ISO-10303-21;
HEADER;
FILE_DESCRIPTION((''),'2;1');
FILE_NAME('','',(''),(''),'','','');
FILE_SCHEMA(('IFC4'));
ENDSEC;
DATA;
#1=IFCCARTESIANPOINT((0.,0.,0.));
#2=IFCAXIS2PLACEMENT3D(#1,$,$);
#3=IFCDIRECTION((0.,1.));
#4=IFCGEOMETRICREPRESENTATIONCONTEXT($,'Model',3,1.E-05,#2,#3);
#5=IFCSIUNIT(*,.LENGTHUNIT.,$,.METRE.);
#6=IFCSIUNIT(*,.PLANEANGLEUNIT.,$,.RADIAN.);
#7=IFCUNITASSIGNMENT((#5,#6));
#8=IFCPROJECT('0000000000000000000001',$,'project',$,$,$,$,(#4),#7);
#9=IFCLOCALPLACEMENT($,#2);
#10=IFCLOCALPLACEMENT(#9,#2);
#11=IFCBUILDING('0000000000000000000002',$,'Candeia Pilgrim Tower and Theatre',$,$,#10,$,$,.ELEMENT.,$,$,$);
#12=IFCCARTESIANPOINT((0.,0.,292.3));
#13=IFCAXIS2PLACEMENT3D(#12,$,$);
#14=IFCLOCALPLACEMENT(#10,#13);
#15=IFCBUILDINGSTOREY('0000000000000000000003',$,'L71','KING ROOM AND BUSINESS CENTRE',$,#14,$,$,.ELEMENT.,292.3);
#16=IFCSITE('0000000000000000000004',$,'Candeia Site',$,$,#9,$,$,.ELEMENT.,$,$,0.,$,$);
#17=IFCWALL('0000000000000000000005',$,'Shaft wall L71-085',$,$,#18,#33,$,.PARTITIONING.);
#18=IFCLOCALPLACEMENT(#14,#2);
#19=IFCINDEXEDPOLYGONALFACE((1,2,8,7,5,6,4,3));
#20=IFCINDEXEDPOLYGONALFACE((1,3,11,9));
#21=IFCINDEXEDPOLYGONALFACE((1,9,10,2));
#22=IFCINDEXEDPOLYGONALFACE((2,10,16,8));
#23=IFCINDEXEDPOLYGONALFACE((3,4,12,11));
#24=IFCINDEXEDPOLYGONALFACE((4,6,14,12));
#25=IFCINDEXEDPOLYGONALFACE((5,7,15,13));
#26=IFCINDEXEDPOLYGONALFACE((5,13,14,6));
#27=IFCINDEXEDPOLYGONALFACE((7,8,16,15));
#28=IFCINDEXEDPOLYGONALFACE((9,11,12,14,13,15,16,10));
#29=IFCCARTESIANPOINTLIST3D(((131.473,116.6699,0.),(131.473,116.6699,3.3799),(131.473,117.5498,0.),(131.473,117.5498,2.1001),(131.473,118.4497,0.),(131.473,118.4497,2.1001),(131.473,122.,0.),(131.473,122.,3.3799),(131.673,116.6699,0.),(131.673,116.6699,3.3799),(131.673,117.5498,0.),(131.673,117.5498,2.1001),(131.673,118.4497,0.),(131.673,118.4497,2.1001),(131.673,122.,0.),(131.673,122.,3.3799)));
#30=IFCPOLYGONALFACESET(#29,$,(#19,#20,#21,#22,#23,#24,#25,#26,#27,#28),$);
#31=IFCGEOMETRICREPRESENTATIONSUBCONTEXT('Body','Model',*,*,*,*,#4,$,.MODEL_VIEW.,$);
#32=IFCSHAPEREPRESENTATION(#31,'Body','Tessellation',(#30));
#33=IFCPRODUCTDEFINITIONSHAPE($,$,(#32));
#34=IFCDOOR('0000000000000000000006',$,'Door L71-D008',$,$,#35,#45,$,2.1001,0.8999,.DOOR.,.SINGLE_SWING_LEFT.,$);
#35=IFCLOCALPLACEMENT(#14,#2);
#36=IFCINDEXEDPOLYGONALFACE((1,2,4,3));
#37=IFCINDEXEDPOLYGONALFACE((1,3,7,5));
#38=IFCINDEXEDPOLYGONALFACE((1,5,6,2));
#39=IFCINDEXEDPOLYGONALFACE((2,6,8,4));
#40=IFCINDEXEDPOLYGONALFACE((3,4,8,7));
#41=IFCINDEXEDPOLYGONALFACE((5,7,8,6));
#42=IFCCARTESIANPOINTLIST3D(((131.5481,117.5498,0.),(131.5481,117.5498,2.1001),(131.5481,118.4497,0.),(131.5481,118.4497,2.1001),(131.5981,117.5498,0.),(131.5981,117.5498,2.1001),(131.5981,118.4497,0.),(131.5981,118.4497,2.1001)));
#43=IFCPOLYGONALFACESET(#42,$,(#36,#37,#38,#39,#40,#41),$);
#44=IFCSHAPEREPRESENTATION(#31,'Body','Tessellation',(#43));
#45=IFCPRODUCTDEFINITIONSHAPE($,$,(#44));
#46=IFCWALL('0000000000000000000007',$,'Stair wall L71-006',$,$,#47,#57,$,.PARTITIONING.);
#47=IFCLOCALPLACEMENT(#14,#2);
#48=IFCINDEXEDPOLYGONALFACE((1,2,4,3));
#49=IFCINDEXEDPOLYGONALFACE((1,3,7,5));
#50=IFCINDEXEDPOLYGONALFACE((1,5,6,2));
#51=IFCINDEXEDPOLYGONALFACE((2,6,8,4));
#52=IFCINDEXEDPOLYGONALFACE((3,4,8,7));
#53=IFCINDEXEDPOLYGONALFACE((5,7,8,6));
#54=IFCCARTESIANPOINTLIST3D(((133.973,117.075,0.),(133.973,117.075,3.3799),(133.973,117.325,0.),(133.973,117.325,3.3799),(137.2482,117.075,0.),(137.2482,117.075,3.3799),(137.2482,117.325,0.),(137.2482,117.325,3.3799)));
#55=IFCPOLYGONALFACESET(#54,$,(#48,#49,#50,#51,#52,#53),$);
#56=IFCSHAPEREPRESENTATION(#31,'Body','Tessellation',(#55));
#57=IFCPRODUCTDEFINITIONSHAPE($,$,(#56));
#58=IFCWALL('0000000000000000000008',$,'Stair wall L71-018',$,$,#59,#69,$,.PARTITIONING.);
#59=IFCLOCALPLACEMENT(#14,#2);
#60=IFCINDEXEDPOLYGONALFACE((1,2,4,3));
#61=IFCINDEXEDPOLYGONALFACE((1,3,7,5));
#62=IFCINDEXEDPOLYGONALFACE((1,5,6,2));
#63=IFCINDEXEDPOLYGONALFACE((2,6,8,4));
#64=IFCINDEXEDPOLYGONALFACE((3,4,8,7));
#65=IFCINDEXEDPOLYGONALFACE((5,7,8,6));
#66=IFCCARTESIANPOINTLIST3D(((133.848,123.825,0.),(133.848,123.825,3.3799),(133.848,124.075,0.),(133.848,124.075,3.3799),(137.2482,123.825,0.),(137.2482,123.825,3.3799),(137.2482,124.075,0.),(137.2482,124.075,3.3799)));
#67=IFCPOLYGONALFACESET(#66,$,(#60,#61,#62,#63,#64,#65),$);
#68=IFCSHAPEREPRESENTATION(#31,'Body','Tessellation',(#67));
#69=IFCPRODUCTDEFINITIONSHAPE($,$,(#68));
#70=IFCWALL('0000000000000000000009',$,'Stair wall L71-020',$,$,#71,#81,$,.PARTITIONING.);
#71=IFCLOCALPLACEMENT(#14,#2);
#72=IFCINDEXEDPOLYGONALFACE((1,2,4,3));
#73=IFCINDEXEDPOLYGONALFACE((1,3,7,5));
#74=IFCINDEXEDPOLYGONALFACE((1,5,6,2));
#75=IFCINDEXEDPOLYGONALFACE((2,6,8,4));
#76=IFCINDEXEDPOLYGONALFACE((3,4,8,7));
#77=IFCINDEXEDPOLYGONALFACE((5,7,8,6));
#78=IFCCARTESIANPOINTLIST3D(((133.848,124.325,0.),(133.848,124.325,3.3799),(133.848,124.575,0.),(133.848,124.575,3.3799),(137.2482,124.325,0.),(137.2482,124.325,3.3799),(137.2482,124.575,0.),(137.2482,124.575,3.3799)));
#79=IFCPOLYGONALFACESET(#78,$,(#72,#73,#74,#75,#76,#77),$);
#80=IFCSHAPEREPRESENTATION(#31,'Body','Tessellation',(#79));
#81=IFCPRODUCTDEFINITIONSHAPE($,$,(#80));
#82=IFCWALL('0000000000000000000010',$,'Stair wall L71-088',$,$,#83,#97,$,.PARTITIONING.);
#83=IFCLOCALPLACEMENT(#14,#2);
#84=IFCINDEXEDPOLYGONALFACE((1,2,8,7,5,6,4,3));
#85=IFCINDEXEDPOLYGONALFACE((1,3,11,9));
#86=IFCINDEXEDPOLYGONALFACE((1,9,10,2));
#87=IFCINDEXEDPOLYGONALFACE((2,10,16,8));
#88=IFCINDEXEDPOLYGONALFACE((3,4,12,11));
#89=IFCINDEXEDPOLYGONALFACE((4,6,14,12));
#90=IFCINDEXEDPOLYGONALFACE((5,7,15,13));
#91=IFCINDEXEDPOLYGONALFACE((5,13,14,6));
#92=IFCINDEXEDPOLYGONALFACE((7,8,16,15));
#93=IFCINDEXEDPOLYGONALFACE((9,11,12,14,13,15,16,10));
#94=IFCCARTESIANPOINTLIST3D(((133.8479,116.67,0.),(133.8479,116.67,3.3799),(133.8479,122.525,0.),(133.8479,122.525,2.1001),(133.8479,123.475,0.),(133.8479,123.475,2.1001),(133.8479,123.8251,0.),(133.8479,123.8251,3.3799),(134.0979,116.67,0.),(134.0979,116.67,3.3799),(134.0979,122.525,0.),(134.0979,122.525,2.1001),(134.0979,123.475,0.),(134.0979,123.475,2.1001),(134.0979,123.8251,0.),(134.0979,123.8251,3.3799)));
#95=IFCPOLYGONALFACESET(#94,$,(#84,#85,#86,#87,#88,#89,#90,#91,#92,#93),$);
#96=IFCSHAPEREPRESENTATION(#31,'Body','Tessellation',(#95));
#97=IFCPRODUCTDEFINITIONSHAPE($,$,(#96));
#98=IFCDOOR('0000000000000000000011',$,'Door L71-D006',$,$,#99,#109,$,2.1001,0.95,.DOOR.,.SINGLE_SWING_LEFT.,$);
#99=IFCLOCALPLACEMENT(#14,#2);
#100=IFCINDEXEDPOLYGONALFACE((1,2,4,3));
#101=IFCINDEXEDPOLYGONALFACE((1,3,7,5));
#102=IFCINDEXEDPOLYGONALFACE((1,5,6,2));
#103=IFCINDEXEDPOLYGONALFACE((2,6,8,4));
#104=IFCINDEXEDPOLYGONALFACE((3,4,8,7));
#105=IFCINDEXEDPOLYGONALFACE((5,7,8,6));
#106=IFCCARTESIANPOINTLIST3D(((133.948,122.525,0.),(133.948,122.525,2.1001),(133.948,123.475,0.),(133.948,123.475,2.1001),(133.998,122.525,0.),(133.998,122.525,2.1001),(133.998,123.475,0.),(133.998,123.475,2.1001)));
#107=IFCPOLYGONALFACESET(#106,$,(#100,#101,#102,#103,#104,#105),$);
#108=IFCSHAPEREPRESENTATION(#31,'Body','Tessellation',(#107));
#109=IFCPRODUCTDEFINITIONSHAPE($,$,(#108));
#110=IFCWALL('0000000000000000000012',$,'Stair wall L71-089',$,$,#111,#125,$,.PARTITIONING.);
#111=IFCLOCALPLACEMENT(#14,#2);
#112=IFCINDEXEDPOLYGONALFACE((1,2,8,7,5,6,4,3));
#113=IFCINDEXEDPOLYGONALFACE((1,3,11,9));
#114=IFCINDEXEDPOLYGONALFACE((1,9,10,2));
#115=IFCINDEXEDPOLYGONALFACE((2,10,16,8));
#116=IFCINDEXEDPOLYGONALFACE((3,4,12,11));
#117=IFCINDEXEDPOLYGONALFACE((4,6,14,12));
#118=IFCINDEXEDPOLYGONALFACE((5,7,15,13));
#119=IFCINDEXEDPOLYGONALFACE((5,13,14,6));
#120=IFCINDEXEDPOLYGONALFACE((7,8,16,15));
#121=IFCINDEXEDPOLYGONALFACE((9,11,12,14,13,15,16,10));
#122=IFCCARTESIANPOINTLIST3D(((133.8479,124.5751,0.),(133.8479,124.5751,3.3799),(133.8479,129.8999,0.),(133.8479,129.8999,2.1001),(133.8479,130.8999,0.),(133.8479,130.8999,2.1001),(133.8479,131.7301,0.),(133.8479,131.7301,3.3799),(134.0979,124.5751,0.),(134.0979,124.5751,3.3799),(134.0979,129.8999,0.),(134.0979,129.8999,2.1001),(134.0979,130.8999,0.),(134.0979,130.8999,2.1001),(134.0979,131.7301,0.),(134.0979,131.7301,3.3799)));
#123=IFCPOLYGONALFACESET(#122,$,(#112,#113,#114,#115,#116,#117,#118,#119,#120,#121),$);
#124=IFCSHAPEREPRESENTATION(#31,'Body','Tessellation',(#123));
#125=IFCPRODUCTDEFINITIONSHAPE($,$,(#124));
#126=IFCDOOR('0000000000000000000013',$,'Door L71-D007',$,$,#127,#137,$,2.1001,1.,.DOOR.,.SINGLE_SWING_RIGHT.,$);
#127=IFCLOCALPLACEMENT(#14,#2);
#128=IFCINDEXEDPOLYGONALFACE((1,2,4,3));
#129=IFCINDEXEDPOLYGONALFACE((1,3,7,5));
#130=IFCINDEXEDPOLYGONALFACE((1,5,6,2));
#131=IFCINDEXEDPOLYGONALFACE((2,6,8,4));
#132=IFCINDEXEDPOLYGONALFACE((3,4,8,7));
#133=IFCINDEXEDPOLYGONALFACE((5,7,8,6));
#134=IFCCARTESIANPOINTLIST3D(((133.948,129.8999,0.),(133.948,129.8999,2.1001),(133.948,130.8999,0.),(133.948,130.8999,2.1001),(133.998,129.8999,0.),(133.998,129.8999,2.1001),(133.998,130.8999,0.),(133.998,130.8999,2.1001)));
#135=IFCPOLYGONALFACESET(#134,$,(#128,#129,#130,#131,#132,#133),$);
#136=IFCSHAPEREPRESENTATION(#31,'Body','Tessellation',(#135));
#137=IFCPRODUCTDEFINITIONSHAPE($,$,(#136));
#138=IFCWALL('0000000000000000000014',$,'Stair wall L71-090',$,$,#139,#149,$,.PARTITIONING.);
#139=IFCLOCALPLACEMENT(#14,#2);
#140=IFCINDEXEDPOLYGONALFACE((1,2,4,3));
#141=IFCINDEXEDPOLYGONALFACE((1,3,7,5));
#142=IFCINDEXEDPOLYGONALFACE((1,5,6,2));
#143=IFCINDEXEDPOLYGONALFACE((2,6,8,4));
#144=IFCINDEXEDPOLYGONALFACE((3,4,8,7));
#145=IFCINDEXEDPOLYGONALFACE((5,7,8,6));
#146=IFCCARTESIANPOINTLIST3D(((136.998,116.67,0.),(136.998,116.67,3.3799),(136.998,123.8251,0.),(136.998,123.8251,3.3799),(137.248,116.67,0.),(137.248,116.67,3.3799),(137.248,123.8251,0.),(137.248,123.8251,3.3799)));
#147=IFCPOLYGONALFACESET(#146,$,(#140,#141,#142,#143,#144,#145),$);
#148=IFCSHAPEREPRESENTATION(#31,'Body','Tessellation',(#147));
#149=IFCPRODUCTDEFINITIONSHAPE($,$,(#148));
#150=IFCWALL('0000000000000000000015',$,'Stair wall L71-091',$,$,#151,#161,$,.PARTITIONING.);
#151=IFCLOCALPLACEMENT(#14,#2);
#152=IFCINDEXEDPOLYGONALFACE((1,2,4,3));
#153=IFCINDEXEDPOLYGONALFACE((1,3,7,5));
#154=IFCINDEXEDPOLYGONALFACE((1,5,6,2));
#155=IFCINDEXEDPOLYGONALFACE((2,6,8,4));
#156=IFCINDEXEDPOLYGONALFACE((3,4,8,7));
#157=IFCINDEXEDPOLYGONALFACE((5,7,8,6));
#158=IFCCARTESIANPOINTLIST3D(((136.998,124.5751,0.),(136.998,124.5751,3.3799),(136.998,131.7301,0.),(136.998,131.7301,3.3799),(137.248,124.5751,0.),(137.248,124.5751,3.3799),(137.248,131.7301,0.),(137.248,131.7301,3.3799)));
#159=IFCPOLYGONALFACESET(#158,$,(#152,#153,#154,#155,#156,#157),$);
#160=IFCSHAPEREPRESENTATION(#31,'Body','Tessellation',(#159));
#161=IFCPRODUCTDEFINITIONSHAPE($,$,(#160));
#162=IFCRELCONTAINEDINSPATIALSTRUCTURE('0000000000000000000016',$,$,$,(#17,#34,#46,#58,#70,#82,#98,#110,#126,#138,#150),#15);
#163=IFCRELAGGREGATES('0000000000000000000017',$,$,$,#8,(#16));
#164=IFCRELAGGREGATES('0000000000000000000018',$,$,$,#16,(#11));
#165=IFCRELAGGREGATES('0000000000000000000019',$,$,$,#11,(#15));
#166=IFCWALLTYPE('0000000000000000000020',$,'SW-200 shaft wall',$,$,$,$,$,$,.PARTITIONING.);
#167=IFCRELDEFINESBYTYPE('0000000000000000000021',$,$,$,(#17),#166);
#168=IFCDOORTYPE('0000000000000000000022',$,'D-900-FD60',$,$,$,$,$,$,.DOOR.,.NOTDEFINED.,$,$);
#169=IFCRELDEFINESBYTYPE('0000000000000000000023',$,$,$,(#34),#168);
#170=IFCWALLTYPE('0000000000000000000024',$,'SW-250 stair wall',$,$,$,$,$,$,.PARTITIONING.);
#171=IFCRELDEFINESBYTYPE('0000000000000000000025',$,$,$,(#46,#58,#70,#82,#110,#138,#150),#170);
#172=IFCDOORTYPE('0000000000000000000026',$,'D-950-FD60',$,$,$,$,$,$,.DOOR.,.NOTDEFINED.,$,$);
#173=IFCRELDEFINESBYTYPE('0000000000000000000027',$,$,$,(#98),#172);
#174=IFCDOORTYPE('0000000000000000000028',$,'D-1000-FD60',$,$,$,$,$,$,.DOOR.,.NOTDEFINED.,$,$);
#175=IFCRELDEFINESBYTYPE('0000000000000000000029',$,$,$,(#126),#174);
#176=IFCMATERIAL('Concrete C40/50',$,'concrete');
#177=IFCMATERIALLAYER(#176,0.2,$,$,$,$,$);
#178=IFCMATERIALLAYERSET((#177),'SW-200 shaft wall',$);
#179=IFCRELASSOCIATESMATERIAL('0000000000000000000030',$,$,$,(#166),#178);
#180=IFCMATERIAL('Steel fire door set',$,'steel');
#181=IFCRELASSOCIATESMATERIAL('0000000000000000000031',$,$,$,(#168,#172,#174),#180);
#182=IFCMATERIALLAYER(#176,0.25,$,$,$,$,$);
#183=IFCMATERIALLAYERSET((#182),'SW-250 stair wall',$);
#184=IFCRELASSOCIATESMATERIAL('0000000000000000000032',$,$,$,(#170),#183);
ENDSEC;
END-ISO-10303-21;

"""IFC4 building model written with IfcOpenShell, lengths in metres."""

from ifc_helpers import new_model, si_unit, direction, frame, frame_2d, origin, place, context, subcontext, project, spatial, rectangle, extrude, material, layer, layer_set, type_object, element, fill, save


model = new_model("IFC4")

# Units and contexts
model_context = context("Model", 3, precision=1e-05, world=origin(), true_north=direction((0.0, 1.0)))
body_context = subcontext(model_context, "Body", "Model", "MODEL_VIEW")
ifc_project = project(units=[si_unit("LENGTHUNIT", "METRE"), si_unit("PLANEANGLEUNIT", "RADIAN")], contexts=[model_context])

# Site, building, storey
site_placement = place(None, origin())
site = spatial("IfcSite", under=ifc_project, at=site_placement, Name="Candeia Site", CompositionType="ELEMENT", RefElevation=0.0)
building_placement = place(site_placement, origin())
building = spatial("IfcBuilding", under=site, at=building_placement, Name="Candeia Pilgrim Tower and Theatre", CompositionType="ELEMENT")
storey_placement = place(building_placement, frame((0.0, 0.0, 292.3)))
storey = spatial("IfcBuildingStorey", under=building, at=storey_placement, Name="L71", Description="KING ROOM AND BUSINESS CENTRE", CompositionType="ELEMENT", Elevation=292.3)

# Shared definitions
ifc_material_1 = material(Name="Concrete C40/50", Category="concrete")

# Shared definitions
ifc_material_2 = material(Name="Steel fire door set", Category="steel")

# Shared definitions
ifc_layer_1 = layer(ifc_material_1, 0.2)
ifc_layer_set_1 = layer_set([ifc_layer_1], Name="SW-200 shaft wall")
wall_type_1 = type_object("IfcWallType", Name="SW-200 shaft wall", PredefinedType="PARTITIONING", material=ifc_layer_set_1)

# Wall, opening, door
wall_1_placement = place(storey_placement, frame((131.573, 116.6699, 0.0), z_axis=(0.0, 0.0, 1.0), x_axis=(0.0, 1.0, 0.0)))
wall_1 = element("IfcWall", 1, at=wall_1_placement, inside=storey, type_object=wall_type_1, Name="Shaft wall L71-085", PredefinedType="PARTITIONING", context=body_context, shape_type="SweptSolid", body=[
    extrude(rectangle(XDim=5.3301, YDim=0.2, at=frame_2d((2.665, 0.0))), origin(), (0.0, 0.0, 1.0), 3.3799),
])
opening_1_placement = place(wall_1_placement, frame((0.8799, 0.0, 0.0)))
opening_1 = element("IfcOpeningElement", 2, at=opening_1_placement, cuts=wall_1, PredefinedType="OPENING", context=body_context, shape_type="SweptSolid", body=[
    extrude(rectangle(XDim=0.8999, YDim=2.1001, at=frame_2d((0.45, 1.05))), frame((0.0, 0.1099, 0.0), z_axis=(0.0, -1.0, 0.0), x_axis=(1.0, 0.0, 0.0)), (0.0, 0.0, 1.0), 0.22),
])
door_type_1 = type_object("IfcDoorType", Name="D-900-FD60", OperationType="NOTDEFINED", PredefinedType="DOOR", material=ifc_material_2)
door_1_placement = place(opening_1_placement, origin())
door_1 = element("IfcDoor", 3, at=door_1_placement, inside=storey, type_object=door_type_1, Name="Door L71-D008", OperationType="SINGLE_SWING_LEFT", OverallHeight=2.1001, OverallWidth=0.8999, PredefinedType="DOOR", context=body_context, shape_type="SweptSolid", body=[
    extrude(rectangle(XDim=0.8999, YDim=2.1001, at=frame_2d((0.45, 1.05))), frame((0.0, 0.0249, 0.0), z_axis=(0.0, -1.0, 0.0), x_axis=(1.0, 0.0, 0.0)), (0.0, 0.0, 1.0), 0.05),
])
fill(opening_1, door_1)

# Walls
ifc_layer_2 = layer(ifc_material_1, 0.25)
ifc_layer_set_2 = layer_set([ifc_layer_2], Name="SW-250 stair wall")
wall_type_2 = type_object("IfcWallType", Name="SW-250 stair wall", PredefinedType="PARTITIONING", material=ifc_layer_set_2)
wall_2_placement = place(storey_placement, frame((133.9729, 117.2, 0.0), z_axis=(0.0, 0.0, 1.0), x_axis=(1.0, 0.0, 0.0)))
element("IfcWall", 4, at=wall_2_placement, inside=storey, type_object=wall_type_2, Name="Stair wall L71-006", PredefinedType="PARTITIONING", context=body_context, shape_type="SweptSolid", body=[
    extrude(rectangle(XDim=3.2751, YDim=0.25, at=frame_2d((1.6377, 0.0))), origin(), (0.0, 0.0, 1.0), 3.3799),
])
for number, where, z_axis, x_axis, name in (
    (5, (133.8479, 123.95, 0.0), (0.0, 0.0, 1.0), (1.0, 0.0, 0.0), "Stair wall L71-018"),
    (6, (133.8479, 124.45, 0.0), (0.0, 0.0, 1.0), (1.0, 0.0, 0.0), "Stair wall L71-020"),
):
    element("IfcWall", number, at=place(storey_placement, frame(where, z_axis=z_axis, x_axis=x_axis)), inside=storey, type_object=wall_type_2, Name=name, PredefinedType="PARTITIONING", context=body_context, shape_type="SweptSolid", body=[
        extrude(rectangle(XDim=3.4001, YDim=0.25, at=frame_2d((1.7002, 0.0))), origin(), (0.0, 0.0, 1.0), 3.3799),
    ])

# Walls, openings, doors
wall_3_placement = place(storey_placement, frame((133.9729, 116.6699, 0.0), z_axis=(0.0, 0.0, 1.0), x_axis=(0.0, 1.0, 0.0)))
wall_3 = element("IfcWall", 7, at=wall_3_placement, inside=storey, type_object=wall_type_2, Name="Stair wall L71-088", PredefinedType="PARTITIONING", context=body_context, shape_type="SweptSolid", body=[
    extrude(rectangle(XDim=7.155, YDim=0.25, at=frame_2d((3.5776, 0.0))), origin(), (0.0, 0.0, 1.0), 3.3799),
])
opening_2_placement = place(wall_3_placement, frame((5.855, 0.0, 0.0)))
opening_2 = element("IfcOpeningElement", 8, at=opening_2_placement, cuts=wall_3, PredefinedType="OPENING", context=body_context, shape_type="SweptSolid", body=[
    extrude(rectangle(XDim=0.95, YDim=2.1001, at=frame_2d((0.4751, 1.05))), frame((0.0, 0.135, 0.0), z_axis=(0.0, -1.0, 0.0), x_axis=(1.0, 0.0, 0.0)), (0.0, 0.0, 1.0), 0.27),
])
door_type_2 = type_object("IfcDoorType", Name="D-950-FD60", OperationType="NOTDEFINED", PredefinedType="DOOR", material=ifc_material_2)
door_2_placement = place(opening_2_placement, origin())
door_2 = element("IfcDoor", 9, at=door_2_placement, inside=storey, type_object=door_type_2, Name="Door L71-D006", OperationType="SINGLE_SWING_LEFT", OverallHeight=2.1001, OverallWidth=0.95, PredefinedType="DOOR", context=body_context, shape_type="SweptSolid", body=[
    extrude(rectangle(XDim=0.95, YDim=2.1001, at=frame_2d((0.4751, 1.05))), frame((0.0, 0.0249, 0.0), z_axis=(0.0, -1.0, 0.0), x_axis=(1.0, 0.0, 0.0)), (0.0, 0.0, 1.0), 0.05),
])
fill(opening_2, door_2)
wall_4_placement = place(storey_placement, frame((133.9729, 124.575, 0.0), z_axis=(0.0, 0.0, 1.0), x_axis=(0.0, 1.0, 0.0)))
wall_4 = element("IfcWall", 10, at=wall_4_placement, inside=storey, type_object=wall_type_2, Name="Stair wall L71-089", PredefinedType="PARTITIONING", context=body_context, shape_type="SweptSolid", body=[
    extrude(rectangle(XDim=7.155, YDim=0.25, at=frame_2d((3.5776, 0.0))), origin(), (0.0, 0.0, 1.0), 3.3799),
])
opening_3_placement = place(wall_4_placement, frame((5.325, 0.0, 0.0)))
opening_3 = element("IfcOpeningElement", 11, at=opening_3_placement, cuts=wall_4, PredefinedType="OPENING", context=body_context, shape_type="SweptSolid", body=[
    extrude(rectangle(XDim=1.0, YDim=2.1001, at=frame_2d((0.5, 1.05))), frame((0.0, 0.135, 0.0), z_axis=(0.0, -1.0, 0.0), x_axis=(1.0, 0.0, 0.0)), (0.0, 0.0, 1.0), 0.27),
])
door_type_3 = type_object("IfcDoorType", Name="D-1000-FD60", OperationType="NOTDEFINED", PredefinedType="DOOR", material=ifc_material_2)
door_3_placement = place(opening_3_placement, origin())
door_3 = element("IfcDoor", 12, at=door_3_placement, inside=storey, type_object=door_type_3, Name="Door L71-D007", OperationType="SINGLE_SWING_RIGHT", OverallHeight=2.1001, OverallWidth=1.0, PredefinedType="DOOR", context=body_context, shape_type="SweptSolid", body=[
    extrude(rectangle(XDim=1.0, YDim=2.1001, at=frame_2d((0.5, 1.05))), frame((0.0, 0.0249, 0.0), z_axis=(0.0, -1.0, 0.0), x_axis=(1.0, 0.0, 0.0)), (0.0, 0.0, 1.0), 0.05),
])
fill(opening_3, door_3)

# Walls
for number, where, z_axis, x_axis, name in (
    (13, (137.123, 116.6699, 0.0), (0.0, 0.0, 1.0), (0.0, 1.0, 0.0), "Stair wall L71-090"),
    (14, (137.123, 124.575, 0.0), (0.0, 0.0, 1.0), (0.0, 1.0, 0.0), "Stair wall L71-091"),
):
    element("IfcWall", number, at=place(storey_placement, frame(where, z_axis=z_axis, x_axis=x_axis)), inside=storey, type_object=wall_type_2, Name=name, PredefinedType="PARTITIONING", context=body_context, shape_type="SweptSolid", body=[
        extrude(rectangle(XDim=7.155, YDim=0.25, at=frame_2d((3.5776, 0.0))), origin(), (0.0, 0.0, 1.0), 3.3799),
    ])

save(model, "model.ifc")
